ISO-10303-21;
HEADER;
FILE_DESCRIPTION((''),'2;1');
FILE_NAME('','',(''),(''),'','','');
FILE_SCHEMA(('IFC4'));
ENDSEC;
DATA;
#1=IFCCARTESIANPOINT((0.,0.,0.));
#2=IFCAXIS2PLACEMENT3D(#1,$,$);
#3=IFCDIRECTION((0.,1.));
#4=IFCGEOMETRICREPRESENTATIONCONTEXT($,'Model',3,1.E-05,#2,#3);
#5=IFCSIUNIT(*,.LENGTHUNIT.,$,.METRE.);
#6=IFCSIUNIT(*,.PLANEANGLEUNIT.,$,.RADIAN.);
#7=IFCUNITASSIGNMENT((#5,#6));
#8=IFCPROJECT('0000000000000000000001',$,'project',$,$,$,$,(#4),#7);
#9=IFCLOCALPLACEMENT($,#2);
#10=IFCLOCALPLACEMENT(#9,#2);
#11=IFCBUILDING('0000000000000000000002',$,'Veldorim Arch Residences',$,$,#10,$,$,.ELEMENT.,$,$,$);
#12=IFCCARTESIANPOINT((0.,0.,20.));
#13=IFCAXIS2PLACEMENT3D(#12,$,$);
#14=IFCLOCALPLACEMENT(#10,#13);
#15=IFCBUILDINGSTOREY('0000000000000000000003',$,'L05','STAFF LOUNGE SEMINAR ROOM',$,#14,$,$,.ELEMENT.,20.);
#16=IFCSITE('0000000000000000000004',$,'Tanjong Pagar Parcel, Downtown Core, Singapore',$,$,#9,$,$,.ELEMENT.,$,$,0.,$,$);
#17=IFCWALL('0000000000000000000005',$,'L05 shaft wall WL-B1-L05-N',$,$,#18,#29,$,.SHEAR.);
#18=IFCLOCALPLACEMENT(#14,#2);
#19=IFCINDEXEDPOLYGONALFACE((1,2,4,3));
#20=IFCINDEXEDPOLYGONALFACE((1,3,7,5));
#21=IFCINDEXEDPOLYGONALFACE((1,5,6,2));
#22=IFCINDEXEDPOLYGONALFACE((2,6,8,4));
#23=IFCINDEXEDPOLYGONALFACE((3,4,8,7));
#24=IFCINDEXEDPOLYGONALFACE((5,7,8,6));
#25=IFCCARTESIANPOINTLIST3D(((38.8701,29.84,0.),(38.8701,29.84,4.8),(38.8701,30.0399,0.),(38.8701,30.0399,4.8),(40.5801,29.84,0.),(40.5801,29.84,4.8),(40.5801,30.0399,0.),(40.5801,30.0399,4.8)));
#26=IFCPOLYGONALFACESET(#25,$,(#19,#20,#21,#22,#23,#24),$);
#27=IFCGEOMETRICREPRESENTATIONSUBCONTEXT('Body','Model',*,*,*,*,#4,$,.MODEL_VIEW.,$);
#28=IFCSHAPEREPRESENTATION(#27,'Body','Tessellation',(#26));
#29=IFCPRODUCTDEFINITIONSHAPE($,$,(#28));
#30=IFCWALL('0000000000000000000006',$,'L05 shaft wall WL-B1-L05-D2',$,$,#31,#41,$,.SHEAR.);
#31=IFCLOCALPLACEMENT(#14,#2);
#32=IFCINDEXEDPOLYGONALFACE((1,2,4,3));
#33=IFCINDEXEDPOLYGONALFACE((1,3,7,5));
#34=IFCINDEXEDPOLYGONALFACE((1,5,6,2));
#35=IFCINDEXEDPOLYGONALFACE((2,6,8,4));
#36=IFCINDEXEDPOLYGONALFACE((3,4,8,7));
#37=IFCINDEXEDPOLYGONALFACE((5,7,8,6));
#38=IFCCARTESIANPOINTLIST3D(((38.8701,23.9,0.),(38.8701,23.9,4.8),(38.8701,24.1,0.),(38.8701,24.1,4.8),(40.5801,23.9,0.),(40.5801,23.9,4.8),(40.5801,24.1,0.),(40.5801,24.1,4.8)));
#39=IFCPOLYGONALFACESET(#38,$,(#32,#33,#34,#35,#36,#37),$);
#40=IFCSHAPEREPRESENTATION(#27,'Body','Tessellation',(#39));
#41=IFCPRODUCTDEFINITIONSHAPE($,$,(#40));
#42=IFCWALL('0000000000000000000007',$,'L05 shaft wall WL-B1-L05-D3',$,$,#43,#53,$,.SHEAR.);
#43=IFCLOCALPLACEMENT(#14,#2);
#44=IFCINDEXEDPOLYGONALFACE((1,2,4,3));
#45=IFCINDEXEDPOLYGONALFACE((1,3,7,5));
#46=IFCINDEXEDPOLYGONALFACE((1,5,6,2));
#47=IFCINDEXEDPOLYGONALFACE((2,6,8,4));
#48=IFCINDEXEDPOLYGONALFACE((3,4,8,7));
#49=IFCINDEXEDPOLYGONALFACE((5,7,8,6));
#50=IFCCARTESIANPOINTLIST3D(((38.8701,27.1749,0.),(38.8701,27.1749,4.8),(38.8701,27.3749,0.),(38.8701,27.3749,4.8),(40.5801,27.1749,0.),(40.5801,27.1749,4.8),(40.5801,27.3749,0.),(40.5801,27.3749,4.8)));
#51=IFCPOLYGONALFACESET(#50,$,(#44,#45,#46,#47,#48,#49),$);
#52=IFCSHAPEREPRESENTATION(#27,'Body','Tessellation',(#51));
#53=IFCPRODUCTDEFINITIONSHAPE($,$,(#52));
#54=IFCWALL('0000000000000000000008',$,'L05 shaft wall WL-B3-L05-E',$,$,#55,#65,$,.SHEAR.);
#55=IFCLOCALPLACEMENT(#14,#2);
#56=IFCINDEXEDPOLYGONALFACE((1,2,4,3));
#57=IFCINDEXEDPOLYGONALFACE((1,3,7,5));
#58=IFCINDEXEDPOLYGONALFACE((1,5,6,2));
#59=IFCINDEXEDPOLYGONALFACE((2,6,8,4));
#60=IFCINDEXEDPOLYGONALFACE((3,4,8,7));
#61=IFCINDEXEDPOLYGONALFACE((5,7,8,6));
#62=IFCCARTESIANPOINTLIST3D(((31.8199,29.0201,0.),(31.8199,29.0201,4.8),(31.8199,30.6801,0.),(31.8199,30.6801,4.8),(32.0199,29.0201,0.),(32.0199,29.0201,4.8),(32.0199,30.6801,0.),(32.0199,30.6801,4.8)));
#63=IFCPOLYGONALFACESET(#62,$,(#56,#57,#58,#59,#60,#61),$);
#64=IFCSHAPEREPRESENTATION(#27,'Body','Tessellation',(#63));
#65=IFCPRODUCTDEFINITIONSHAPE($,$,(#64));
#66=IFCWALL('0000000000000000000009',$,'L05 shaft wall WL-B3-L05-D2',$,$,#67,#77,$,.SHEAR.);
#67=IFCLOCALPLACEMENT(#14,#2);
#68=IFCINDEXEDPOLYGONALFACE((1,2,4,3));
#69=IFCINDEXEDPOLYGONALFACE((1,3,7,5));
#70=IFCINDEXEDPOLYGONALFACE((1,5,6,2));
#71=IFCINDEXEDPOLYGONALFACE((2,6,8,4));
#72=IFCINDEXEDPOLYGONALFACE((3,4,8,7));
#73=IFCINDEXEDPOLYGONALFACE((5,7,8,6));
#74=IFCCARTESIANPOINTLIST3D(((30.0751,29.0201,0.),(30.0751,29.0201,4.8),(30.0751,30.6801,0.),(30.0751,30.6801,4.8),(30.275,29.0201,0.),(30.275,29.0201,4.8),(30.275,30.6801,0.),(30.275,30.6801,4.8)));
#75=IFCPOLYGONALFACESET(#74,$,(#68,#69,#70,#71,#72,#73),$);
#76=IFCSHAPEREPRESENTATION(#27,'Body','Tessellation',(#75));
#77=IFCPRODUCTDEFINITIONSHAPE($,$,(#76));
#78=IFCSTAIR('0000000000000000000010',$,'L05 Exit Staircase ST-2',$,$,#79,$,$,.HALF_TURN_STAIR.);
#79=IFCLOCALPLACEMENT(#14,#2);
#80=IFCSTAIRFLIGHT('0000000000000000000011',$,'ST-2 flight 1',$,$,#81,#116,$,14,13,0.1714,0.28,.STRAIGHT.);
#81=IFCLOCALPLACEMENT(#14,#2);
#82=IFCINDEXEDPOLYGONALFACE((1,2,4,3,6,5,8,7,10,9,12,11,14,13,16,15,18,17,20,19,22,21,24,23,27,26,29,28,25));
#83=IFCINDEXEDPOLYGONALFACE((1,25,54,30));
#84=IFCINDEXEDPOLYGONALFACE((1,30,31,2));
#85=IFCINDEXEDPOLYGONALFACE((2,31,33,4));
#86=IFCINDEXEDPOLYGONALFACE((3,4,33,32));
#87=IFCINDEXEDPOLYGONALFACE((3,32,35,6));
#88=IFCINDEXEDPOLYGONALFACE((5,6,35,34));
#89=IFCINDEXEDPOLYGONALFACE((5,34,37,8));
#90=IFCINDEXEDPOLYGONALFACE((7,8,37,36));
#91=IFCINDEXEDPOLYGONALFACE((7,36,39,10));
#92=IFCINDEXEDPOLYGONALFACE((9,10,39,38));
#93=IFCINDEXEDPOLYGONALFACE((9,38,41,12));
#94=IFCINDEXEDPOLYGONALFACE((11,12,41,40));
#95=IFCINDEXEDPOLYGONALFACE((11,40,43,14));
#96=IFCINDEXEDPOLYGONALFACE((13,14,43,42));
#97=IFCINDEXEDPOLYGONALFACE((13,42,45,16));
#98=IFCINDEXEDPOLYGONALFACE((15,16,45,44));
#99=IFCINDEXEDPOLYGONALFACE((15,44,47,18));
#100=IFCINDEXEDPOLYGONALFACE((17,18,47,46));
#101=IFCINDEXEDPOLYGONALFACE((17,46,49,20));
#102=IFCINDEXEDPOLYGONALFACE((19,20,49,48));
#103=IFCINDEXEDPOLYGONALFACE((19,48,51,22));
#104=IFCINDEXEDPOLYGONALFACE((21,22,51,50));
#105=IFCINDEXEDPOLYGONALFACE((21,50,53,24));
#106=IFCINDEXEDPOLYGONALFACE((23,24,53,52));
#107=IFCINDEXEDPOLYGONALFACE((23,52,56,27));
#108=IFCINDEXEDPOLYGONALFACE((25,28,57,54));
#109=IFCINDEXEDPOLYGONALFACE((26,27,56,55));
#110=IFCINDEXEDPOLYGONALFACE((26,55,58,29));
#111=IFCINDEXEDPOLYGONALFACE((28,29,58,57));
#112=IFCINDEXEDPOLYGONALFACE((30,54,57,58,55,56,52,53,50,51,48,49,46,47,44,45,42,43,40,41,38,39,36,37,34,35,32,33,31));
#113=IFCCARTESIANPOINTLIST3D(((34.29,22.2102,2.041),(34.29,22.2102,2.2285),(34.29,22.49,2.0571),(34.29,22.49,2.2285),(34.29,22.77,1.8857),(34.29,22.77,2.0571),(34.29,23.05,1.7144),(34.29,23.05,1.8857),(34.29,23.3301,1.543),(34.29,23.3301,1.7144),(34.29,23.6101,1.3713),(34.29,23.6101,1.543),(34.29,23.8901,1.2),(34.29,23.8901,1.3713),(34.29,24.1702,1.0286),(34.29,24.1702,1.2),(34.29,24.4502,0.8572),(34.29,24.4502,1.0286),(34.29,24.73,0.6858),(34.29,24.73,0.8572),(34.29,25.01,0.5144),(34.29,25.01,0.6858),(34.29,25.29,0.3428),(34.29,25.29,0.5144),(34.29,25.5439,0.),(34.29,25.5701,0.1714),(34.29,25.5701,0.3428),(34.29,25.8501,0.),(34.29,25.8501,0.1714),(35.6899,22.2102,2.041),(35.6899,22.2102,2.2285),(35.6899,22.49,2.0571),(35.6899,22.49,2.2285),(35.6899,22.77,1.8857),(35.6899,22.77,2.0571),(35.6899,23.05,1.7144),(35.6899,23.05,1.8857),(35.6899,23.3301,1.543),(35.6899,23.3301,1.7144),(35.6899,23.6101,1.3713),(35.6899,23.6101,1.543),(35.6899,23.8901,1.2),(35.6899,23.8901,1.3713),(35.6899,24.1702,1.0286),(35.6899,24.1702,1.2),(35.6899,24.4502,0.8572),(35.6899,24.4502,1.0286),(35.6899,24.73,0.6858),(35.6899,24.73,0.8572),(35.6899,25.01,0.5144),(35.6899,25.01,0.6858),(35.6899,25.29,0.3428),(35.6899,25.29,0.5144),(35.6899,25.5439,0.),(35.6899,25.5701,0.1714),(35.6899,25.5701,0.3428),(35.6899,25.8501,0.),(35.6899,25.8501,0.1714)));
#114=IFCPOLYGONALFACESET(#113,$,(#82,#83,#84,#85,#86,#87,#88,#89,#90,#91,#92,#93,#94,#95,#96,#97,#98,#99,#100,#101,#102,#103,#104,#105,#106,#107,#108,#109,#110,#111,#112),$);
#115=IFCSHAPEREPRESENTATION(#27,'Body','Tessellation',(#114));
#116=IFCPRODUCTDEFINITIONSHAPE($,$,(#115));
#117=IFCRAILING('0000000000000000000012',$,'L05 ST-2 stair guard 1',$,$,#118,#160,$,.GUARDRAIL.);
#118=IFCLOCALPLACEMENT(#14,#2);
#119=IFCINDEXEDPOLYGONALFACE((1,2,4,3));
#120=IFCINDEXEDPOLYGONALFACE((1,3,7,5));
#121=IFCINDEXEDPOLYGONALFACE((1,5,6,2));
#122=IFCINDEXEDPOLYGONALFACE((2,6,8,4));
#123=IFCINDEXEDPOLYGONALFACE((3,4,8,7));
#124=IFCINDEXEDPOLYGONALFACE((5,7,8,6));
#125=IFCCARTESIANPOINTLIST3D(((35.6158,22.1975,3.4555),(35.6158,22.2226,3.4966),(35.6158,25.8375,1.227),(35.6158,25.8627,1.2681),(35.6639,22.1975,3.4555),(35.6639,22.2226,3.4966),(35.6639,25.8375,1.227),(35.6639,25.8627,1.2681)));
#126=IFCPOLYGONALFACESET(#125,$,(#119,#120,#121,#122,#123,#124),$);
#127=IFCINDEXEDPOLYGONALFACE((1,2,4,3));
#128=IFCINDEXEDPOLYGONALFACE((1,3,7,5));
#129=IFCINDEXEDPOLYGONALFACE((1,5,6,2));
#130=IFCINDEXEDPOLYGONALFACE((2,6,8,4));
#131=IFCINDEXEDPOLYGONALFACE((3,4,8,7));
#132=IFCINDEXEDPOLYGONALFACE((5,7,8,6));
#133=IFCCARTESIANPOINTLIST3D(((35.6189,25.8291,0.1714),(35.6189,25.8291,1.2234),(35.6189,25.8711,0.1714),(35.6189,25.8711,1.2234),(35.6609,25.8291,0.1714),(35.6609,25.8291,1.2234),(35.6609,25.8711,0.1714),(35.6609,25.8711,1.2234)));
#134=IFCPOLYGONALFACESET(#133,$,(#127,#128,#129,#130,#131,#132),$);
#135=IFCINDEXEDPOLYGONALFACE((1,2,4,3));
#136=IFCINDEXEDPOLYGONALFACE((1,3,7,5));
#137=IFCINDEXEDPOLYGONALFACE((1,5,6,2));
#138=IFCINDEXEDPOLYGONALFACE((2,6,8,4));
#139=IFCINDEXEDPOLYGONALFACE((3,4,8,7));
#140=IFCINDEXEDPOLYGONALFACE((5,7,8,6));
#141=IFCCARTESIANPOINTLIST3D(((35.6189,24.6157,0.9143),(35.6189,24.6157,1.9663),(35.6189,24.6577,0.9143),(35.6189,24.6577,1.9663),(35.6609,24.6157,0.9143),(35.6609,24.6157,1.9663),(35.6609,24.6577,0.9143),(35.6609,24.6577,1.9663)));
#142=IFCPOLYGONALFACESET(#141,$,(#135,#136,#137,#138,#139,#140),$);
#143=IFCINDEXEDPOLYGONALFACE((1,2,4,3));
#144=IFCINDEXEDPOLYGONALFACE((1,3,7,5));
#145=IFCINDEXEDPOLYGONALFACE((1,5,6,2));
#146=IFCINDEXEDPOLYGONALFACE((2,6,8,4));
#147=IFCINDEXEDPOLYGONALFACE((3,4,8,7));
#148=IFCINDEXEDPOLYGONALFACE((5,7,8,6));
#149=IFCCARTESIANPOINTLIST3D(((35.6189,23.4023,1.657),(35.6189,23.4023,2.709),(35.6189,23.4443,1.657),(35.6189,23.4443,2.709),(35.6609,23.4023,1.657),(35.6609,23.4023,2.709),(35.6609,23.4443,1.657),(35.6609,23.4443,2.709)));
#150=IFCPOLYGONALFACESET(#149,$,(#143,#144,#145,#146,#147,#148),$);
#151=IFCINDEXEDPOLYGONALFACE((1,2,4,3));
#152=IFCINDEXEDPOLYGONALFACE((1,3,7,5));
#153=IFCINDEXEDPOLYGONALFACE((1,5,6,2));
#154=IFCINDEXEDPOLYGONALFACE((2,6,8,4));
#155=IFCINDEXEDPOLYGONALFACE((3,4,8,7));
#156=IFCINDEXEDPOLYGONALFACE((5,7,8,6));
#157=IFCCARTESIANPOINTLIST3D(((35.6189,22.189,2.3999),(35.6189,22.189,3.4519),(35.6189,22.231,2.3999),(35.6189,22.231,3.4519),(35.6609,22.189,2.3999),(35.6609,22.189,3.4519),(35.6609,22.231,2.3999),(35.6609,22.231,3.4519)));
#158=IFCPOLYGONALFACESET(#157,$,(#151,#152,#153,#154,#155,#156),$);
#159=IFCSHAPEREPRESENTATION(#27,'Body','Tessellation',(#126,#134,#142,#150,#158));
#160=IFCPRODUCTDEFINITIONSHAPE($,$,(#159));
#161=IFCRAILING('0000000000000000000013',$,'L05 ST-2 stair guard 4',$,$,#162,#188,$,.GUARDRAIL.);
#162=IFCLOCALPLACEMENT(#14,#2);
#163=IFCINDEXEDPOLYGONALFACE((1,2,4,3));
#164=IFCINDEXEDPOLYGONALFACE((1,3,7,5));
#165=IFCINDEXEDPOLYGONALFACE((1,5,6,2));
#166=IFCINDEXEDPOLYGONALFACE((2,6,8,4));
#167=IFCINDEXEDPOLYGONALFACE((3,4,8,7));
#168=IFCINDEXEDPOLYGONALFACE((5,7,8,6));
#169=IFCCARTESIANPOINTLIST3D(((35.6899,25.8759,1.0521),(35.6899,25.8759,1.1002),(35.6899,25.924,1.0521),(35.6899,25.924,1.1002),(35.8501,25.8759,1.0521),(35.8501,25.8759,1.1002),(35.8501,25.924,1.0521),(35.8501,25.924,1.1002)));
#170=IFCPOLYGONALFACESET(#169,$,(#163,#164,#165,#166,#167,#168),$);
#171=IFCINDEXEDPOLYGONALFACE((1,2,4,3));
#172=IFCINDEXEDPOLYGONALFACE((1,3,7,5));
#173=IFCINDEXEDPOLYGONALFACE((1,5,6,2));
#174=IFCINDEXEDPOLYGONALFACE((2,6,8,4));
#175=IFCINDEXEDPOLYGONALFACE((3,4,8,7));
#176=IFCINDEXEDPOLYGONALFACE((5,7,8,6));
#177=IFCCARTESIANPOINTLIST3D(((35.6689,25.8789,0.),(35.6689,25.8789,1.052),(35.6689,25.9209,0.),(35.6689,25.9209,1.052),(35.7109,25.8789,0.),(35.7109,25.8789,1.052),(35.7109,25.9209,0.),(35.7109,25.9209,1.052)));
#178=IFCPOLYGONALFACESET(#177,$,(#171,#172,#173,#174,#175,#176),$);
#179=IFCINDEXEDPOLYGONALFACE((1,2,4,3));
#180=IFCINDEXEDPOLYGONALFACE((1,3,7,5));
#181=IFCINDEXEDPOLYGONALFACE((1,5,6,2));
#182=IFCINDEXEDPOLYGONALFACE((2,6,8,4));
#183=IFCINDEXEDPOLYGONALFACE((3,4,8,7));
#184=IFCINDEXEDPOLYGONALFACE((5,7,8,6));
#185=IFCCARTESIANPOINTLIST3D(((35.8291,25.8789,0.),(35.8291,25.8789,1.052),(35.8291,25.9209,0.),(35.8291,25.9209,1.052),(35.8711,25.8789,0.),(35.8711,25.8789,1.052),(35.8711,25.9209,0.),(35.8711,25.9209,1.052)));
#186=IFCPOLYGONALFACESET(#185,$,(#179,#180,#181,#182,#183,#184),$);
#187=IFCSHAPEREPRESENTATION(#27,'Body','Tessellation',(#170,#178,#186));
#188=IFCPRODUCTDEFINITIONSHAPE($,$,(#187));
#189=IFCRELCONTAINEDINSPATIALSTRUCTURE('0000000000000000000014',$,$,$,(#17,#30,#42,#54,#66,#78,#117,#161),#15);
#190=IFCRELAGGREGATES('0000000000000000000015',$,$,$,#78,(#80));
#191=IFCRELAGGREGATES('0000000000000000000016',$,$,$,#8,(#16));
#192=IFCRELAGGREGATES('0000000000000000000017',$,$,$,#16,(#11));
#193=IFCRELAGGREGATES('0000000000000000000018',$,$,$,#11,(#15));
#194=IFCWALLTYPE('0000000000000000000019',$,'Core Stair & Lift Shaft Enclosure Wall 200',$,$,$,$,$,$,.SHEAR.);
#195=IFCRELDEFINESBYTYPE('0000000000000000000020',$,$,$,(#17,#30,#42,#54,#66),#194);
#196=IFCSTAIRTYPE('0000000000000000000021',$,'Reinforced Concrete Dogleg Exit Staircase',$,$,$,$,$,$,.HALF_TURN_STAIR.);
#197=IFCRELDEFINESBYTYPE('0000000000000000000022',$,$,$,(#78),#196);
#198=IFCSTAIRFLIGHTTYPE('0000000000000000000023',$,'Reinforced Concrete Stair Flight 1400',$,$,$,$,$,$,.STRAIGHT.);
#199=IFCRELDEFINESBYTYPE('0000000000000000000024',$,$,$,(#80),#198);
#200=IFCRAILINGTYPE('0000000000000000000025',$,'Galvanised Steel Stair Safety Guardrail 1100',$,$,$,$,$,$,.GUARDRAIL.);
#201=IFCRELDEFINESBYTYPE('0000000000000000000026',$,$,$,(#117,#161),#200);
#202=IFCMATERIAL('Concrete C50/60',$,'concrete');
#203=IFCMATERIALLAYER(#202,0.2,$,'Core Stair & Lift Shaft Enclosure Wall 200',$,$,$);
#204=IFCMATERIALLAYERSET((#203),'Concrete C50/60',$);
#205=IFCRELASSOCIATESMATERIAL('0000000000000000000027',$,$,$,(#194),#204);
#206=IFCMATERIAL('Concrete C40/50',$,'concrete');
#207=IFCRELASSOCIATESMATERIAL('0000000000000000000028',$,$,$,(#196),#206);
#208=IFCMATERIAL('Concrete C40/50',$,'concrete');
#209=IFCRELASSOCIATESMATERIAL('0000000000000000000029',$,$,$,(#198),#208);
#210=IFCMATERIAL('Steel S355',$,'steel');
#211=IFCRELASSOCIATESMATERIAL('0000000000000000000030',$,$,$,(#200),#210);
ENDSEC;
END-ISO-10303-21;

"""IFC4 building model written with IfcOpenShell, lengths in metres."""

from ifc_helpers import new_model, si_unit, direction, frame, frame_2d, origin, origin_2d, place, context, subcontext, project, spatial, polyline, rectangle, outline, extrude, material, layer, layer_set, type_object, element, aggregate, save


model = new_model("IFC4")

# Units and contexts
model_context = context("Model", 3, precision=1e-05, world=origin(), true_north=direction((0.0, 1.0)))
body_context = subcontext(model_context, "Body", "Model", "MODEL_VIEW")
ifc_project = project(units=[si_unit("LENGTHUNIT", "METRE"), si_unit("PLANEANGLEUNIT", "RADIAN")], contexts=[model_context])

# Site, building, storey
site_placement = place(None, origin())
site = spatial("IfcSite", under=ifc_project, at=site_placement, Name="Tanjong Pagar Parcel, Downtown Core, Singapore", CompositionType="ELEMENT", RefElevation=0.0)
building_placement = place(site_placement, origin())
building = spatial("IfcBuilding", under=site, at=building_placement, Name="Veldorim Arch Residences", CompositionType="ELEMENT")
storey_placement = place(building_placement, frame((0.0, 0.0, 20.0)))
storey = spatial("IfcBuildingStorey", under=building, at=storey_placement, Name="L05", Description="STAFF LOUNGE SEMINAR ROOM", CompositionType="ELEMENT", Elevation=20.0)

# Shared definitions
ifc_material_1 = material(Name="Concrete C50/60", Category="concrete")
ifc_layer_1 = layer(ifc_material_1, 0.2, Name="Core Stair & Lift Shaft Enclosure Wall 200")
ifc_layer_set_1 = layer_set([ifc_layer_1], Name="Concrete C50/60")
wall_type_1 = type_object("IfcWallType", Name="Core Stair & Lift Shaft Enclosure Wall 200", PredefinedType="SHEAR", material=ifc_layer_set_1)

# Walls
for number, where, z_axis, x_axis, name in (
    (1, (38.8701, 29.9399, 0.0), (0.0, 0.0, 1.0), (1.0, 0.0, 0.0), "L05 shaft wall WL-B1-L05-N"),
    (2, (38.8701, 24.0, 0.0), (0.0, 0.0, 1.0), (1.0, 0.0, 0.0), "L05 shaft wall WL-B1-L05-D2"),
    (3, (38.8701, 27.2749, 0.0), (0.0, 0.0, 1.0), (1.0, 0.0, 0.0), "L05 shaft wall WL-B1-L05-D3"),
):
    element("IfcWall", number, at=place(storey_placement, frame(where, z_axis=z_axis, x_axis=x_axis)), inside=storey, type_object=wall_type_1, Name=name, PredefinedType="SHEAR", context=body_context, shape_type="SweptSolid", body=[
        extrude(rectangle(XDim=1.71, YDim=0.2, at=frame_2d((0.855, 0.0))), origin(), (0.0, 0.0, 1.0), 4.8),
    ])
for number, where, z_axis, x_axis, name in (
    (4, (31.9199, 29.02, 0.0), (0.0, 0.0, 1.0), (0.0, 1.0, 0.0), "L05 shaft wall WL-B3-L05-E"),
    (5, (30.175, 29.02, 0.0), (0.0, 0.0, 1.0), (0.0, 1.0, 0.0), "L05 shaft wall WL-B3-L05-D2"),
):
    element("IfcWall", number, at=place(storey_placement, frame(where, z_axis=z_axis, x_axis=x_axis)), inside=storey, type_object=wall_type_1, Name=name, PredefinedType="SHEAR", context=body_context, shape_type="SweptSolid", body=[
        extrude(rectangle(XDim=1.6599, YDim=0.2, at=frame_2d((0.8301, 0.0))), origin(), (0.0, 0.0, 1.0), 4.8),
    ])

# Stair, stair flight
ifc_material_2 = material(Name="Concrete C40/50", Category="concrete")
stair_type = type_object("IfcStairType", Name="Reinforced Concrete Dogleg Exit Staircase", PredefinedType="HALF_TURN_STAIR", material=ifc_material_2)
stair_placement = place(storey_placement, origin())
stair = element("IfcStair", 6, at=stair_placement, inside=storey, type_object=stair_type, Name="L05 Exit Staircase ST-2", PredefinedType="HALF_TURN_STAIR")
ifc_material_3 = material(Name="Concrete C40/50", Category="concrete")
stair_flight_type = type_object("IfcStairFlightType", Name="Reinforced Concrete Stair Flight 1400", PredefinedType="STRAIGHT", material=ifc_material_3)
stair_flight_placement = place(storey_placement, frame((34.99, 25.8501, 0.0), z_axis=(0.0, 0.0, 1.0), x_axis=(0.0, -1.0, 0.0)))
stair_flight = element("IfcStairFlight", 7, at=stair_flight_placement, type_object=stair_flight_type, Name="ST-2 flight 1", NumberOfRisers=14, NumberOfTreads=13, PredefinedType="STRAIGHT", RiserHeight=0.1714, TreadLength=0.28, context=body_context, shape_type="SweptSolid", body=[
    extrude(outline(polyline([(0.0, 0.0), (0.0, 0.1714), (0.28, 0.1714), (0.28, 0.3428), (0.5601, 0.3428), (0.5601, 0.5144), (0.8401, 0.5144), (0.8401, 0.6858), (1.1201, 0.6858), (1.1201, 0.8572), (1.3999, 0.8572), (1.3999, 1.0286), (1.6799, 1.0286), (1.6799, 1.2), (1.96, 1.2), (1.96, 1.3713), (2.24, 1.3713), (2.24, 1.543), (2.52, 1.543), (2.52, 1.7144), (2.8, 1.7144), (2.8, 1.8857), (3.0801, 1.8857), (3.0801, 2.0571), (3.3601, 2.0571), (3.3601, 2.2285), (3.6399, 2.2285), (3.6399, 2.3999), (3.6399, 2.041), (0.3062, 0.0), (0.0, 0.0)])), frame((0.0, 0.7, 0.0), z_axis=(0.0, -1.0, 0.0), x_axis=(1.0, 0.0, 0.0)), (0.0, 0.0, 1.0), 1.3999),
])
aggregate(stair, [stair_flight])

# Railings
ifc_material_4 = material(Name="Steel S355", Category="steel")
railing_type_1 = type_object("IfcRailingType", Name="Galvanised Steel Stair Safety Guardrail 1100", PredefinedType="GUARDRAIL", material=ifc_material_4)
railing_1_placement = place(storey_placement, frame((35.6399, 25.8501, 0.1714)))
element("IfcRailing", 8, at=railing_1_placement, inside=storey, type_object=railing_type_1, Name="L05 ST-2 stair guard 1", PredefinedType="GUARDRAIL", context=body_context, shape_type="SweptSolid", body=[
    extrude(rectangle(XDim=0.0481, YDim=0.0481, at=origin_2d()), frame((0.0, 0.0, 1.0762), z_axis=(0.0, -0.852866, 0.52213), x_axis=(1.0, 0.0, 0.0)), (0.0, 0.0, 1.0), 4.2681),
    extrude(rectangle(XDim=0.042, YDim=0.042, at=origin_2d()), origin(), (0.0, 0.0, 1.0), 1.052),
    extrude(rectangle(XDim=0.042, YDim=0.042, at=origin_2d()), frame((0.0, -1.2134, 0.7429)), (0.0, 0.0, 1.0), 1.052),
    extrude(rectangle(XDim=0.042, YDim=0.042, at=origin_2d()), frame((0.0, -2.4268, 1.4856)), (0.0, 0.0, 1.0), 1.052),
    extrude(rectangle(XDim=0.042, YDim=0.042, at=origin_2d()), frame((0.0, -3.6401, 2.2285)), (0.0, 0.0, 1.0), 1.052),
])
railing_2_placement = place(storey_placement, frame((35.6899, 25.8999, 0.0)))
element("IfcRailing", 9, at=railing_2_placement, inside=storey, type_object=railing_type_1, Name="L05 ST-2 stair guard 4", PredefinedType="GUARDRAIL", context=body_context, shape_type="SweptSolid", body=[
    extrude(rectangle(XDim=0.0481, YDim=0.0481, at=origin_2d()), frame((0.0, 0.0, 1.0762), z_axis=(1.0, 0.0, 0.0), x_axis=(0.0, 1.0, 0.0)), (0.0, 0.0, 1.0), 0.1602),
    extrude(rectangle(XDim=0.042, YDim=0.042, at=origin_2d()), origin(), (0.0, 0.0, 1.0), 1.052),
    extrude(rectangle(XDim=0.042, YDim=0.042, at=origin_2d()), frame((0.1602, 0.0, 0.0)), (0.0, 0.0, 1.0), 1.052),
])

save(model, "model.ifc")
